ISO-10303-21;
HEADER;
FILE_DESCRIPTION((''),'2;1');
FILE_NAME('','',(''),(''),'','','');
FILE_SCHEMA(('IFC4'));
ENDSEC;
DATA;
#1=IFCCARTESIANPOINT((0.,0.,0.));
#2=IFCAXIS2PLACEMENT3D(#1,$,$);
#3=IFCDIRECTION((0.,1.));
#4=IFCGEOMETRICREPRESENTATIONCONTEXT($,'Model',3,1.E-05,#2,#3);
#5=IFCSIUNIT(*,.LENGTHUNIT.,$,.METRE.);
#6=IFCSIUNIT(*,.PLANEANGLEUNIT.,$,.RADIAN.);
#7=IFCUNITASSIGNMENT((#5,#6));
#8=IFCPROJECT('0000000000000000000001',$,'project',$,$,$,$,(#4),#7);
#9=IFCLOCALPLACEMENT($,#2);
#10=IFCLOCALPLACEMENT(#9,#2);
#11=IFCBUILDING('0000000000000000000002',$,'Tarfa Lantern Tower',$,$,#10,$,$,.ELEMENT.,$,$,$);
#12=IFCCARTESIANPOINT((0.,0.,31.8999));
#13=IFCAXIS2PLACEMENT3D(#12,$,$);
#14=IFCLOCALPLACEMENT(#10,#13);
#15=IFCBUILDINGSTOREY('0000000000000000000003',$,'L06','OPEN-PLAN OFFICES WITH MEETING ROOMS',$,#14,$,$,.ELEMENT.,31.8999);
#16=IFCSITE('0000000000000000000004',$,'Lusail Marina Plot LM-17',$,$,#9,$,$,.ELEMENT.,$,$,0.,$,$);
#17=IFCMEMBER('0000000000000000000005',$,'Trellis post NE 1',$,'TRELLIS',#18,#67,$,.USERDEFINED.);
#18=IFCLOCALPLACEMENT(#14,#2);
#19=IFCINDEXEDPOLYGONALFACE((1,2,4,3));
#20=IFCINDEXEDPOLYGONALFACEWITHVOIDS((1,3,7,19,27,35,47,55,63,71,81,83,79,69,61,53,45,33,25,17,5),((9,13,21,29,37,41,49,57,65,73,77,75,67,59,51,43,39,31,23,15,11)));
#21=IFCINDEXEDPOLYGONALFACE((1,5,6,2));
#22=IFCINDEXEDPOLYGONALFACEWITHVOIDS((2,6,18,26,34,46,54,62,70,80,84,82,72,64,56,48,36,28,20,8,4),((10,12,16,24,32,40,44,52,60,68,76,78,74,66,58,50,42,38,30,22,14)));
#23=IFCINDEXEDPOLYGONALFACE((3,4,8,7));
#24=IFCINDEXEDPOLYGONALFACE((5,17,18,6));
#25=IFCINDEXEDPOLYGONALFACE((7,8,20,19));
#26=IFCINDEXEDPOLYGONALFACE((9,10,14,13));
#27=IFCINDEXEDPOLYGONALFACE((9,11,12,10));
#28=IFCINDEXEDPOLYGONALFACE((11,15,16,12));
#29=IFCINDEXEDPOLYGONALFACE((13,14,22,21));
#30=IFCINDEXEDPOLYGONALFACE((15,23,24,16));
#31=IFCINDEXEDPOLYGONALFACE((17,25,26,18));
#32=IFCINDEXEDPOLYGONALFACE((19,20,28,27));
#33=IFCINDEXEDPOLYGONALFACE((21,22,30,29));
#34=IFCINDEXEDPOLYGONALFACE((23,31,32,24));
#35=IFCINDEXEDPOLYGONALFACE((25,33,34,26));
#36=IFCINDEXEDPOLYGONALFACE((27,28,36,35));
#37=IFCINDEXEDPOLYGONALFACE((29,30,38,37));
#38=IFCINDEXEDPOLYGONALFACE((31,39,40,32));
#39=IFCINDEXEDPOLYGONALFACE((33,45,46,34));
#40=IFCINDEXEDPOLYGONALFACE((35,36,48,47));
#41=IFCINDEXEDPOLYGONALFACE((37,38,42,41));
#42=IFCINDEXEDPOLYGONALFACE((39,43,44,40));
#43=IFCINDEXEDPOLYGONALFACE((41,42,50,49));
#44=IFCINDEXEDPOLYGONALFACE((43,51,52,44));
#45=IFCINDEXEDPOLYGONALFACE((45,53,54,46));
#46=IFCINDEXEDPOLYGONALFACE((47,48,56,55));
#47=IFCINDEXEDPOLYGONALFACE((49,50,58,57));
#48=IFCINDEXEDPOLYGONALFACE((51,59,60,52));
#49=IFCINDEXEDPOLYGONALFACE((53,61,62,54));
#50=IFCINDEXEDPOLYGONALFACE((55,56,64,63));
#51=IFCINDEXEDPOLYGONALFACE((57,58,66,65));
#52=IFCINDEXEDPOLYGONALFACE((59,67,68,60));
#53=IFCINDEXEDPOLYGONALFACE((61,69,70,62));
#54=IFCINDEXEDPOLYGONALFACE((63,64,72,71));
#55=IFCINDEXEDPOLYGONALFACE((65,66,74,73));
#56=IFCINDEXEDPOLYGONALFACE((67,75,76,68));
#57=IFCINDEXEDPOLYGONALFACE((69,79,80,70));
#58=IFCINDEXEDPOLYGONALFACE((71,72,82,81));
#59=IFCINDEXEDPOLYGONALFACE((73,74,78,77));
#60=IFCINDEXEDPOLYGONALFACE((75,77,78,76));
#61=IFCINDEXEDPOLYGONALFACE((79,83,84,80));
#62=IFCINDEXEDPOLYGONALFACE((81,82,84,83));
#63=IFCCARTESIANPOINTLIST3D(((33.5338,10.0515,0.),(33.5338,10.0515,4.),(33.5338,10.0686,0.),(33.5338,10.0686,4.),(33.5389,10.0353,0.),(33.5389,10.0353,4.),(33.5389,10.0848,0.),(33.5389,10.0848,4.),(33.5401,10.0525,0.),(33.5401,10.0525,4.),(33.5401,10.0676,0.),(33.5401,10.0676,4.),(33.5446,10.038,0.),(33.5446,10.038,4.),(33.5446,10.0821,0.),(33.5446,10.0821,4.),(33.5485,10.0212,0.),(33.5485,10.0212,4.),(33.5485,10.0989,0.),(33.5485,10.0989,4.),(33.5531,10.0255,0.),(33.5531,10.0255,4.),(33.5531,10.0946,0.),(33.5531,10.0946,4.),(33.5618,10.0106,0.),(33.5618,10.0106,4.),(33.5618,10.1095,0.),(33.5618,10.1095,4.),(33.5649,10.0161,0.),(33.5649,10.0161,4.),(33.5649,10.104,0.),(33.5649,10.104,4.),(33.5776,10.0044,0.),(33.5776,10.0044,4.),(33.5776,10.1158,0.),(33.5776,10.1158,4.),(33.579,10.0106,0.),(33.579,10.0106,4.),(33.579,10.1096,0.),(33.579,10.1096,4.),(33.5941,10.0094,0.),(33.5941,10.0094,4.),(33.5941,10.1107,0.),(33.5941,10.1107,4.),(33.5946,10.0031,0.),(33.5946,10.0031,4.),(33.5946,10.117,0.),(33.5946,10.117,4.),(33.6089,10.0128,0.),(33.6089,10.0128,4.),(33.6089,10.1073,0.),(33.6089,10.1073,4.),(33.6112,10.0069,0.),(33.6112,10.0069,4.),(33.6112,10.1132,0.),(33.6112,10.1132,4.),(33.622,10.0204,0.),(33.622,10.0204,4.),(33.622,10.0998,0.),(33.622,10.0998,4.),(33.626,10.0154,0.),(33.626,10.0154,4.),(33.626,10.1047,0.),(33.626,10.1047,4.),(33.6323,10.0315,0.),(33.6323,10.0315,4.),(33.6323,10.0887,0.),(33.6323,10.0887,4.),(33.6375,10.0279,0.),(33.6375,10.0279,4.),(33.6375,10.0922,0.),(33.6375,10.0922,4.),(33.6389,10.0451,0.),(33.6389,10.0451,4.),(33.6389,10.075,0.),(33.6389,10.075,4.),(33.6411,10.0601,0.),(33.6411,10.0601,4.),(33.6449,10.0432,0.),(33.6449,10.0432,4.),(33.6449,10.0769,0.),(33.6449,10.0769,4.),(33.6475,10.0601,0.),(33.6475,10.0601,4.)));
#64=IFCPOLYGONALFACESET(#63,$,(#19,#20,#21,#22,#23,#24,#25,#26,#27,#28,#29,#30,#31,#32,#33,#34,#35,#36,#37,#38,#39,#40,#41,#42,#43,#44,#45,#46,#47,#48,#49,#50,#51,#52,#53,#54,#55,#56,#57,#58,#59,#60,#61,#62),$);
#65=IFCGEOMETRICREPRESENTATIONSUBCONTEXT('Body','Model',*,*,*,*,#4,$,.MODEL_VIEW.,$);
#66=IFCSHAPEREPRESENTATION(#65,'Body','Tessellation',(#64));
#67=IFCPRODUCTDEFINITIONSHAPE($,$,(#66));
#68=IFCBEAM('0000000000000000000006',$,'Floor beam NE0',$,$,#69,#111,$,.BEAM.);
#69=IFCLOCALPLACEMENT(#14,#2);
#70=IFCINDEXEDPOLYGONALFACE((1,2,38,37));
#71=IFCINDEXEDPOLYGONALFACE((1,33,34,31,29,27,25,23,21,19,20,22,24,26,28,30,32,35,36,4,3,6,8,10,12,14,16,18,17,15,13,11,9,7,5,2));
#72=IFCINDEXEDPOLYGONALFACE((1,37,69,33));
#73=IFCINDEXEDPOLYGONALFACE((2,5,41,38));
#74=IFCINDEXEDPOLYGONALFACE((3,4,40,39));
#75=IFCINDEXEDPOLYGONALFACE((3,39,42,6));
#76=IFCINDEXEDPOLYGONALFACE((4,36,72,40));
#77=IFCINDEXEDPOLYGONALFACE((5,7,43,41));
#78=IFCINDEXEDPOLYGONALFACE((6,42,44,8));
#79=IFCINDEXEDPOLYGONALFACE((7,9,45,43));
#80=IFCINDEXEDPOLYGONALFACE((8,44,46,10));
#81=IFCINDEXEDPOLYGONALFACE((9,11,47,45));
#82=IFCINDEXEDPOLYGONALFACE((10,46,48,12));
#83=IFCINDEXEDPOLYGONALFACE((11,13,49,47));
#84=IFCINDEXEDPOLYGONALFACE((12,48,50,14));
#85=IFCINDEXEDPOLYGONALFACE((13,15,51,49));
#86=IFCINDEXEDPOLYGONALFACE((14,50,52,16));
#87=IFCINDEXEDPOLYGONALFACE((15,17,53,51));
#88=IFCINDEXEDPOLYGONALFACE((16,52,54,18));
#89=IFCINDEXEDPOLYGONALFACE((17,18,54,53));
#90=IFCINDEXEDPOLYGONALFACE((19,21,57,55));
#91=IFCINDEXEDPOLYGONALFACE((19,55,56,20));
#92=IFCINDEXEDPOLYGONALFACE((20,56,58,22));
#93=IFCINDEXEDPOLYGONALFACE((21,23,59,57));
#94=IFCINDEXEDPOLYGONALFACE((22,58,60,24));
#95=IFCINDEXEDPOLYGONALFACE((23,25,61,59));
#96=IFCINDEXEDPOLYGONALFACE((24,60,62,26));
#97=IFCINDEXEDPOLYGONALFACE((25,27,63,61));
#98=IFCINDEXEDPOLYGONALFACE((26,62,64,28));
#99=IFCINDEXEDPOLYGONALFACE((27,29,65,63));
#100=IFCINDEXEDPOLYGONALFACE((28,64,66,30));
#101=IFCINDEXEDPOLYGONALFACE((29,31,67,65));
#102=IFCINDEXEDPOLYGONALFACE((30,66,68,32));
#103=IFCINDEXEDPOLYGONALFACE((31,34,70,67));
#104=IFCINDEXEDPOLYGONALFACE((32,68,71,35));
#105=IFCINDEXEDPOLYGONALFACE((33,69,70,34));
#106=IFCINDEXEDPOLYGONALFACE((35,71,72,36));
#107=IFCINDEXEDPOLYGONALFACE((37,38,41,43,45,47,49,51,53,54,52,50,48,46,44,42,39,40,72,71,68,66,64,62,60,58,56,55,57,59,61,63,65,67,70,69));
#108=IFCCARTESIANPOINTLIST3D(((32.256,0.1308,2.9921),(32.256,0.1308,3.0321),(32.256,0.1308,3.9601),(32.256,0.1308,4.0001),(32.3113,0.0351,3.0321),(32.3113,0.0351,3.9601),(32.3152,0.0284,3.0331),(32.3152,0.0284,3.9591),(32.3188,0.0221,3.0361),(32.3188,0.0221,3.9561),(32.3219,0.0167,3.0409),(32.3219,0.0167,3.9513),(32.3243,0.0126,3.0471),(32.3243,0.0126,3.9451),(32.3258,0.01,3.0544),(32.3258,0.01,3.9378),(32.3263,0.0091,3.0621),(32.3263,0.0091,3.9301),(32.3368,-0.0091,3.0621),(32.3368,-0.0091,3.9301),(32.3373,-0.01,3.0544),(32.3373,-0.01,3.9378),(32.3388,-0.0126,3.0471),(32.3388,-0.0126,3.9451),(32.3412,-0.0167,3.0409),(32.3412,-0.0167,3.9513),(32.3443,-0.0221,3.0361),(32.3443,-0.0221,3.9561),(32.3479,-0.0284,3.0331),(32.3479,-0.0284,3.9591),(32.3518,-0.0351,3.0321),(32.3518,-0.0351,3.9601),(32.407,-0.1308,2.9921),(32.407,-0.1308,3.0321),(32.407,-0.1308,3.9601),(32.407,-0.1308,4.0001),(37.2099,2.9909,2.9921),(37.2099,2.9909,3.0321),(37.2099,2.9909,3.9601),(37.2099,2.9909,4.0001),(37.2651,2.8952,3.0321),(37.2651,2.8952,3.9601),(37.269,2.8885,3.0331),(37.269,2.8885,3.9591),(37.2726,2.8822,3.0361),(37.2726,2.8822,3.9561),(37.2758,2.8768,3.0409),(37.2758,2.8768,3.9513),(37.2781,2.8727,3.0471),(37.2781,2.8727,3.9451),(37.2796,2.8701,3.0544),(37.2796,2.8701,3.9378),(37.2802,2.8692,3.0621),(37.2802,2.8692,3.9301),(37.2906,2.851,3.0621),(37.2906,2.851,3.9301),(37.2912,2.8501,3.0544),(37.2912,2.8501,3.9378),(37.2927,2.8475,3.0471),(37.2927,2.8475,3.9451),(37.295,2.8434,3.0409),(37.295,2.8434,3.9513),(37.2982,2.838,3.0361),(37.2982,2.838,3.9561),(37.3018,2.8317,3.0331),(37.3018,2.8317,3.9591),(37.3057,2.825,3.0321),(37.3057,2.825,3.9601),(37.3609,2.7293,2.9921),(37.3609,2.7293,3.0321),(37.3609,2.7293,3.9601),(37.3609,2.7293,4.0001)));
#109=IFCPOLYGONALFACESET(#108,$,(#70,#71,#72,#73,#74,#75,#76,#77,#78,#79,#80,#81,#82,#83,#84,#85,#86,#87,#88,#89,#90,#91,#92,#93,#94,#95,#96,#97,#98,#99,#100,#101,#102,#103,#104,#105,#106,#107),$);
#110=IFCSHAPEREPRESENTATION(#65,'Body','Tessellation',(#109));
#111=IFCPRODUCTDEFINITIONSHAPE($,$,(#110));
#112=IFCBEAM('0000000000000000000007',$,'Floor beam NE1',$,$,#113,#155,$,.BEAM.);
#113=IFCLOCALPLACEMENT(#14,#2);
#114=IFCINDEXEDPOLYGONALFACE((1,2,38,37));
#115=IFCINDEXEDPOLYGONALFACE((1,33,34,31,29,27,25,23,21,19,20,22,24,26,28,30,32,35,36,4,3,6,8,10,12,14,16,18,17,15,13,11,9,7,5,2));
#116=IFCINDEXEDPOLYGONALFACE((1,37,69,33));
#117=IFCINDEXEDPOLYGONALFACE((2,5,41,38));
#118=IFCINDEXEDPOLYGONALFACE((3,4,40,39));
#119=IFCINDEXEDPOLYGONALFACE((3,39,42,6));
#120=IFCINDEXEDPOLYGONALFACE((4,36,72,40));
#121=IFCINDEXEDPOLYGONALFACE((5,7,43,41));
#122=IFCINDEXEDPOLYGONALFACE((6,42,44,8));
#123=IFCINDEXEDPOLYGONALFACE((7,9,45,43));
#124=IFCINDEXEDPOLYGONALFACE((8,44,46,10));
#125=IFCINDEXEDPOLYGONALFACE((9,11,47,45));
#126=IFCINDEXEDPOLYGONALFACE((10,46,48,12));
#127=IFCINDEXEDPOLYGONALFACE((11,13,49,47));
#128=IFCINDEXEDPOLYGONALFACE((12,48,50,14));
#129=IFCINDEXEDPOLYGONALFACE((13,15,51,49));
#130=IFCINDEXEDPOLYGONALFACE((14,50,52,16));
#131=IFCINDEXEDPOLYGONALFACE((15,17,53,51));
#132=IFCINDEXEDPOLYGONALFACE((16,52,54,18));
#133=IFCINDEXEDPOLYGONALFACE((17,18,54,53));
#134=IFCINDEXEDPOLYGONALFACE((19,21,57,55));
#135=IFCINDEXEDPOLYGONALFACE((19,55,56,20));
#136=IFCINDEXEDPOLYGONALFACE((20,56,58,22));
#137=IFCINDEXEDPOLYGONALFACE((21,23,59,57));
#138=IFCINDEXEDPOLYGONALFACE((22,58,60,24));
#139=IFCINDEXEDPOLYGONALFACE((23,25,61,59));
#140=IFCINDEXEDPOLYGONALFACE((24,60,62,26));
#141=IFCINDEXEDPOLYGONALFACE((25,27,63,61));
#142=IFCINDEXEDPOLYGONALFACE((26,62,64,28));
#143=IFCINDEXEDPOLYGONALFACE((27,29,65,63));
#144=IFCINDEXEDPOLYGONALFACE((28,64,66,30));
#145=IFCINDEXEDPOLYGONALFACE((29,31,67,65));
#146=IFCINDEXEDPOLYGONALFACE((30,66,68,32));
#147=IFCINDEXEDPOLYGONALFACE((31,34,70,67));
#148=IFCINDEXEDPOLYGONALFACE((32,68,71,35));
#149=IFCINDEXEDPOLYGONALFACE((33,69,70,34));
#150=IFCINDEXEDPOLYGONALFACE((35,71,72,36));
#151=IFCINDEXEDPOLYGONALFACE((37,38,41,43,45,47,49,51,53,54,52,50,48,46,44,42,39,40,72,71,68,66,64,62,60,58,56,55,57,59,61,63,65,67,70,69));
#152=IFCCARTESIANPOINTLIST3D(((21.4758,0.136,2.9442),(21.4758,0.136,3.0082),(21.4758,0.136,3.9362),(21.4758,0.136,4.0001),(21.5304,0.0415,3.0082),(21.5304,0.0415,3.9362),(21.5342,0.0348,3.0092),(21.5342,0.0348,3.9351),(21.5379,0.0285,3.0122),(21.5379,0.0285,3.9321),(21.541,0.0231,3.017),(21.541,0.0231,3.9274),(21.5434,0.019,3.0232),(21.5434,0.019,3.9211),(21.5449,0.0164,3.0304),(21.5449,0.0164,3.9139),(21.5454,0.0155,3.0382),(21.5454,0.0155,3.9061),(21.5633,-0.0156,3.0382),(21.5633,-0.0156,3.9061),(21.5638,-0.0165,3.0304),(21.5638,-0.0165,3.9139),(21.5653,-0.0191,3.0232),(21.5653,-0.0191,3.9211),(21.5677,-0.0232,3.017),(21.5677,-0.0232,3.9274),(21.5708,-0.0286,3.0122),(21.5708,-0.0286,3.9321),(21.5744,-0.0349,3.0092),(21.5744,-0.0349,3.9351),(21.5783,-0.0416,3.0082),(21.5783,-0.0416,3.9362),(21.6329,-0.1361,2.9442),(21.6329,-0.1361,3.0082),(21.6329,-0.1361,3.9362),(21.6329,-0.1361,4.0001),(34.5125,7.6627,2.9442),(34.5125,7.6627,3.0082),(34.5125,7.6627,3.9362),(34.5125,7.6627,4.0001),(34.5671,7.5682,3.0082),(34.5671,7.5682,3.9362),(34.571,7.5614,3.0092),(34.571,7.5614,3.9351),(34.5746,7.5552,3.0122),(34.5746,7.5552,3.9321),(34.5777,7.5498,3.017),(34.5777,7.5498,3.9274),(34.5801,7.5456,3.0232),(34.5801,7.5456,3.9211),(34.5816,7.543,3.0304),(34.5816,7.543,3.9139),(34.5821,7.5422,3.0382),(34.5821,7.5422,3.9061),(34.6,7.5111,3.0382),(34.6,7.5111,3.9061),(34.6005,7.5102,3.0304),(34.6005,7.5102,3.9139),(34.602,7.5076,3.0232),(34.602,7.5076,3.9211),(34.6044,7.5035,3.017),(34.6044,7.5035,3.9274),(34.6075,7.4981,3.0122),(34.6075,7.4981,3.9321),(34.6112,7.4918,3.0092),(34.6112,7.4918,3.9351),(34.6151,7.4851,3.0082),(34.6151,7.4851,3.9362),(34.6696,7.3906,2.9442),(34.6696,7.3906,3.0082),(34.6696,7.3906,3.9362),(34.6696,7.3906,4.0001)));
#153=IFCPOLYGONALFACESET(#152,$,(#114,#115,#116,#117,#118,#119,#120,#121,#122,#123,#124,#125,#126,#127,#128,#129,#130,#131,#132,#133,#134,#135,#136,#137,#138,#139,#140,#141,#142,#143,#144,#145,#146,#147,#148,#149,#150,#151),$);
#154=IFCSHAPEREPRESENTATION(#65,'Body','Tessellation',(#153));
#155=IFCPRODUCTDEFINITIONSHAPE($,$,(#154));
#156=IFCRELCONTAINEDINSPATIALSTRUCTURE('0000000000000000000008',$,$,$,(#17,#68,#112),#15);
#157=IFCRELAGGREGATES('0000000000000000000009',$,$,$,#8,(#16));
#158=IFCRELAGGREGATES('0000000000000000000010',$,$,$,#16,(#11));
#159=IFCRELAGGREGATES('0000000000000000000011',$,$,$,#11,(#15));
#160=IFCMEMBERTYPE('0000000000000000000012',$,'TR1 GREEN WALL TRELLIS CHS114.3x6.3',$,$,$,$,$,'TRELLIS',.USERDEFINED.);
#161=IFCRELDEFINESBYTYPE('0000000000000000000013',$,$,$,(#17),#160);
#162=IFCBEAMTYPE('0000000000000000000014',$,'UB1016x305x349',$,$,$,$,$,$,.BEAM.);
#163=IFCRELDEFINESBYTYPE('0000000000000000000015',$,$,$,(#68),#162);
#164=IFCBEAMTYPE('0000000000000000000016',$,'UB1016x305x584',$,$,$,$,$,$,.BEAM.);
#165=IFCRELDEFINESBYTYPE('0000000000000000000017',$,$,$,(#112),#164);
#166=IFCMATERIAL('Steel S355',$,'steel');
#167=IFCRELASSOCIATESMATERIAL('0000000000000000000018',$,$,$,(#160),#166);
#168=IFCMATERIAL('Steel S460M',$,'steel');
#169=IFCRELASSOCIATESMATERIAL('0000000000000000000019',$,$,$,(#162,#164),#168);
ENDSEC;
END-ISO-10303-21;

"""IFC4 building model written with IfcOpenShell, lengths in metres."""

from ifc_helpers import new_model, si_unit, direction, frame, origin, origin_2d, place, context, subcontext, project, spatial, hollow_circle, i_section, extrude, material, material_profile, profile_set, type_object, element, save


model = new_model("IFC4")

# Units and contexts
model_context = context("Model", 3, precision=1e-05, world=origin(), true_north=direction((0.0, 1.0)))
body_context = subcontext(model_context, "Body", "Model", "MODEL_VIEW")
ifc_project = project(units=[si_unit("LENGTHUNIT", "METRE"), si_unit("PLANEANGLEUNIT", "RADIAN")], contexts=[model_context])

# Site, building, storey
site_placement = place(None, origin())
site = spatial("IfcSite", under=ifc_project, at=site_placement, Name="Lusail Marina Plot LM-17", CompositionType="ELEMENT", RefElevation=0.0)
building_placement = place(site_placement, origin())
building = spatial("IfcBuilding", under=site, at=building_placement, Name="Tarfa Lantern Tower", CompositionType="ELEMENT")
storey_placement = place(building_placement, frame((0.0, 0.0, 31.8999)))
storey = spatial("IfcBuildingStorey", under=building, at=storey_placement, Name="L06", Description="OPEN-PLAN OFFICES WITH MEETING ROOMS", CompositionType="ELEMENT", Elevation=31.8999)

# Member
ifc_material_1 = material(Name="Steel S355", Category="steel")
ifc_material_profile_1 = material_profile(ifc_material_1, hollow_circle(Radius=0.0571, WallThickness=0.0063, at=origin_2d()), Name="CHS114.3x6.3")
ifc_profile_set_1 = profile_set([ifc_material_profile_1], Name="Steel S355")
member_type_1 = type_object("IfcMemberType", Name="TR1 GREEN WALL TRELLIS CHS114.3x6.3", ElementType="TRELLIS", PredefinedType="USERDEFINED", material=ifc_profile_set_1)
member_1_placement = place(storey_placement, frame((33.5903, 10.0601, 0.0), z_axis=(0.0, 0.0, 1.0), x_axis=(1.0, 0.0, 0.0)))
element("IfcMember", 1, at=member_1_placement, inside=storey, type_object=member_type_1, Name="Trellis post NE 1", ObjectType="TRELLIS", PredefinedType="USERDEFINED", context=body_context, shape_type="SweptSolid", body=[
    extrude(hollow_circle(Radius=0.0571, WallThickness=0.0063, at=origin_2d()), origin(), (0.0, 0.0, 1.0), 4.0),
])

# Beams
ifc_material_2 = material(Name="Steel S460M", Category="steel")
ifc_material_profile_2 = material_profile(ifc_material_2, i_section(OverallWidth=0.302, OverallDepth=1.0081, WebThickness=0.021, FlangeThickness=0.04, FilletRadius=0.03, at=origin_2d()), Name="UB1016x305x349")
ifc_profile_set_2 = profile_set([ifc_material_profile_2], Name="Steel S460M")
beam_type_1 = type_object("IfcBeamType", Name="UB1016x305x349", PredefinedType="BEAM", material=ifc_profile_set_2)
beam_1_placement = place(storey_placement, frame((37.2854, 2.8601, 3.4961), z_axis=(-0.866026, -0.5, 0.0), x_axis=(0.5, -0.866026, 0.0)))
element("IfcBeam", 2, at=beam_1_placement, inside=storey, type_object=beam_type_1, Name="Floor beam NE0", PredefinedType="BEAM", context=body_context, shape_type="SweptSolid", body=[
    extrude(i_section(OverallWidth=0.302, OverallDepth=1.0081, WebThickness=0.021, FlangeThickness=0.04, FilletRadius=0.03, at=origin_2d()), origin(), (0.0, 0.0, 1.0), 5.7202),
])
ifc_material_profile_3 = material_profile(ifc_material_2, i_section(OverallWidth=0.3142, OverallDepth=1.0559, WebThickness=0.0359, FlangeThickness=0.064, FilletRadius=0.03, at=origin_2d()), Name="UB1016x305x584")
ifc_profile_set_3 = profile_set([ifc_material_profile_3], Name="Steel S460M")
beam_type_2 = type_object("IfcBeamType", Name="UB1016x305x584", PredefinedType="BEAM", material=ifc_profile_set_3)
beam_2_placement = place(storey_placement, frame((34.5911, 7.5266, 3.4722), z_axis=(-0.866028, -0.499996, 0.0), x_axis=(0.499996, -0.866028, 0.0)))
element("IfcBeam", 3, at=beam_2_placement, inside=storey, type_object=beam_type_2, Name="Floor beam NE1", PredefinedType="BEAM", context=body_context, shape_type="SweptSolid", body=[
    extrude(i_section(OverallWidth=0.3142, OverallDepth=1.0559, WebThickness=0.0359, FlangeThickness=0.064, FilletRadius=0.03, at=origin_2d()), origin(), (0.0, 0.0, 1.0), 15.0535),
])

save(model, "model.ifc")
